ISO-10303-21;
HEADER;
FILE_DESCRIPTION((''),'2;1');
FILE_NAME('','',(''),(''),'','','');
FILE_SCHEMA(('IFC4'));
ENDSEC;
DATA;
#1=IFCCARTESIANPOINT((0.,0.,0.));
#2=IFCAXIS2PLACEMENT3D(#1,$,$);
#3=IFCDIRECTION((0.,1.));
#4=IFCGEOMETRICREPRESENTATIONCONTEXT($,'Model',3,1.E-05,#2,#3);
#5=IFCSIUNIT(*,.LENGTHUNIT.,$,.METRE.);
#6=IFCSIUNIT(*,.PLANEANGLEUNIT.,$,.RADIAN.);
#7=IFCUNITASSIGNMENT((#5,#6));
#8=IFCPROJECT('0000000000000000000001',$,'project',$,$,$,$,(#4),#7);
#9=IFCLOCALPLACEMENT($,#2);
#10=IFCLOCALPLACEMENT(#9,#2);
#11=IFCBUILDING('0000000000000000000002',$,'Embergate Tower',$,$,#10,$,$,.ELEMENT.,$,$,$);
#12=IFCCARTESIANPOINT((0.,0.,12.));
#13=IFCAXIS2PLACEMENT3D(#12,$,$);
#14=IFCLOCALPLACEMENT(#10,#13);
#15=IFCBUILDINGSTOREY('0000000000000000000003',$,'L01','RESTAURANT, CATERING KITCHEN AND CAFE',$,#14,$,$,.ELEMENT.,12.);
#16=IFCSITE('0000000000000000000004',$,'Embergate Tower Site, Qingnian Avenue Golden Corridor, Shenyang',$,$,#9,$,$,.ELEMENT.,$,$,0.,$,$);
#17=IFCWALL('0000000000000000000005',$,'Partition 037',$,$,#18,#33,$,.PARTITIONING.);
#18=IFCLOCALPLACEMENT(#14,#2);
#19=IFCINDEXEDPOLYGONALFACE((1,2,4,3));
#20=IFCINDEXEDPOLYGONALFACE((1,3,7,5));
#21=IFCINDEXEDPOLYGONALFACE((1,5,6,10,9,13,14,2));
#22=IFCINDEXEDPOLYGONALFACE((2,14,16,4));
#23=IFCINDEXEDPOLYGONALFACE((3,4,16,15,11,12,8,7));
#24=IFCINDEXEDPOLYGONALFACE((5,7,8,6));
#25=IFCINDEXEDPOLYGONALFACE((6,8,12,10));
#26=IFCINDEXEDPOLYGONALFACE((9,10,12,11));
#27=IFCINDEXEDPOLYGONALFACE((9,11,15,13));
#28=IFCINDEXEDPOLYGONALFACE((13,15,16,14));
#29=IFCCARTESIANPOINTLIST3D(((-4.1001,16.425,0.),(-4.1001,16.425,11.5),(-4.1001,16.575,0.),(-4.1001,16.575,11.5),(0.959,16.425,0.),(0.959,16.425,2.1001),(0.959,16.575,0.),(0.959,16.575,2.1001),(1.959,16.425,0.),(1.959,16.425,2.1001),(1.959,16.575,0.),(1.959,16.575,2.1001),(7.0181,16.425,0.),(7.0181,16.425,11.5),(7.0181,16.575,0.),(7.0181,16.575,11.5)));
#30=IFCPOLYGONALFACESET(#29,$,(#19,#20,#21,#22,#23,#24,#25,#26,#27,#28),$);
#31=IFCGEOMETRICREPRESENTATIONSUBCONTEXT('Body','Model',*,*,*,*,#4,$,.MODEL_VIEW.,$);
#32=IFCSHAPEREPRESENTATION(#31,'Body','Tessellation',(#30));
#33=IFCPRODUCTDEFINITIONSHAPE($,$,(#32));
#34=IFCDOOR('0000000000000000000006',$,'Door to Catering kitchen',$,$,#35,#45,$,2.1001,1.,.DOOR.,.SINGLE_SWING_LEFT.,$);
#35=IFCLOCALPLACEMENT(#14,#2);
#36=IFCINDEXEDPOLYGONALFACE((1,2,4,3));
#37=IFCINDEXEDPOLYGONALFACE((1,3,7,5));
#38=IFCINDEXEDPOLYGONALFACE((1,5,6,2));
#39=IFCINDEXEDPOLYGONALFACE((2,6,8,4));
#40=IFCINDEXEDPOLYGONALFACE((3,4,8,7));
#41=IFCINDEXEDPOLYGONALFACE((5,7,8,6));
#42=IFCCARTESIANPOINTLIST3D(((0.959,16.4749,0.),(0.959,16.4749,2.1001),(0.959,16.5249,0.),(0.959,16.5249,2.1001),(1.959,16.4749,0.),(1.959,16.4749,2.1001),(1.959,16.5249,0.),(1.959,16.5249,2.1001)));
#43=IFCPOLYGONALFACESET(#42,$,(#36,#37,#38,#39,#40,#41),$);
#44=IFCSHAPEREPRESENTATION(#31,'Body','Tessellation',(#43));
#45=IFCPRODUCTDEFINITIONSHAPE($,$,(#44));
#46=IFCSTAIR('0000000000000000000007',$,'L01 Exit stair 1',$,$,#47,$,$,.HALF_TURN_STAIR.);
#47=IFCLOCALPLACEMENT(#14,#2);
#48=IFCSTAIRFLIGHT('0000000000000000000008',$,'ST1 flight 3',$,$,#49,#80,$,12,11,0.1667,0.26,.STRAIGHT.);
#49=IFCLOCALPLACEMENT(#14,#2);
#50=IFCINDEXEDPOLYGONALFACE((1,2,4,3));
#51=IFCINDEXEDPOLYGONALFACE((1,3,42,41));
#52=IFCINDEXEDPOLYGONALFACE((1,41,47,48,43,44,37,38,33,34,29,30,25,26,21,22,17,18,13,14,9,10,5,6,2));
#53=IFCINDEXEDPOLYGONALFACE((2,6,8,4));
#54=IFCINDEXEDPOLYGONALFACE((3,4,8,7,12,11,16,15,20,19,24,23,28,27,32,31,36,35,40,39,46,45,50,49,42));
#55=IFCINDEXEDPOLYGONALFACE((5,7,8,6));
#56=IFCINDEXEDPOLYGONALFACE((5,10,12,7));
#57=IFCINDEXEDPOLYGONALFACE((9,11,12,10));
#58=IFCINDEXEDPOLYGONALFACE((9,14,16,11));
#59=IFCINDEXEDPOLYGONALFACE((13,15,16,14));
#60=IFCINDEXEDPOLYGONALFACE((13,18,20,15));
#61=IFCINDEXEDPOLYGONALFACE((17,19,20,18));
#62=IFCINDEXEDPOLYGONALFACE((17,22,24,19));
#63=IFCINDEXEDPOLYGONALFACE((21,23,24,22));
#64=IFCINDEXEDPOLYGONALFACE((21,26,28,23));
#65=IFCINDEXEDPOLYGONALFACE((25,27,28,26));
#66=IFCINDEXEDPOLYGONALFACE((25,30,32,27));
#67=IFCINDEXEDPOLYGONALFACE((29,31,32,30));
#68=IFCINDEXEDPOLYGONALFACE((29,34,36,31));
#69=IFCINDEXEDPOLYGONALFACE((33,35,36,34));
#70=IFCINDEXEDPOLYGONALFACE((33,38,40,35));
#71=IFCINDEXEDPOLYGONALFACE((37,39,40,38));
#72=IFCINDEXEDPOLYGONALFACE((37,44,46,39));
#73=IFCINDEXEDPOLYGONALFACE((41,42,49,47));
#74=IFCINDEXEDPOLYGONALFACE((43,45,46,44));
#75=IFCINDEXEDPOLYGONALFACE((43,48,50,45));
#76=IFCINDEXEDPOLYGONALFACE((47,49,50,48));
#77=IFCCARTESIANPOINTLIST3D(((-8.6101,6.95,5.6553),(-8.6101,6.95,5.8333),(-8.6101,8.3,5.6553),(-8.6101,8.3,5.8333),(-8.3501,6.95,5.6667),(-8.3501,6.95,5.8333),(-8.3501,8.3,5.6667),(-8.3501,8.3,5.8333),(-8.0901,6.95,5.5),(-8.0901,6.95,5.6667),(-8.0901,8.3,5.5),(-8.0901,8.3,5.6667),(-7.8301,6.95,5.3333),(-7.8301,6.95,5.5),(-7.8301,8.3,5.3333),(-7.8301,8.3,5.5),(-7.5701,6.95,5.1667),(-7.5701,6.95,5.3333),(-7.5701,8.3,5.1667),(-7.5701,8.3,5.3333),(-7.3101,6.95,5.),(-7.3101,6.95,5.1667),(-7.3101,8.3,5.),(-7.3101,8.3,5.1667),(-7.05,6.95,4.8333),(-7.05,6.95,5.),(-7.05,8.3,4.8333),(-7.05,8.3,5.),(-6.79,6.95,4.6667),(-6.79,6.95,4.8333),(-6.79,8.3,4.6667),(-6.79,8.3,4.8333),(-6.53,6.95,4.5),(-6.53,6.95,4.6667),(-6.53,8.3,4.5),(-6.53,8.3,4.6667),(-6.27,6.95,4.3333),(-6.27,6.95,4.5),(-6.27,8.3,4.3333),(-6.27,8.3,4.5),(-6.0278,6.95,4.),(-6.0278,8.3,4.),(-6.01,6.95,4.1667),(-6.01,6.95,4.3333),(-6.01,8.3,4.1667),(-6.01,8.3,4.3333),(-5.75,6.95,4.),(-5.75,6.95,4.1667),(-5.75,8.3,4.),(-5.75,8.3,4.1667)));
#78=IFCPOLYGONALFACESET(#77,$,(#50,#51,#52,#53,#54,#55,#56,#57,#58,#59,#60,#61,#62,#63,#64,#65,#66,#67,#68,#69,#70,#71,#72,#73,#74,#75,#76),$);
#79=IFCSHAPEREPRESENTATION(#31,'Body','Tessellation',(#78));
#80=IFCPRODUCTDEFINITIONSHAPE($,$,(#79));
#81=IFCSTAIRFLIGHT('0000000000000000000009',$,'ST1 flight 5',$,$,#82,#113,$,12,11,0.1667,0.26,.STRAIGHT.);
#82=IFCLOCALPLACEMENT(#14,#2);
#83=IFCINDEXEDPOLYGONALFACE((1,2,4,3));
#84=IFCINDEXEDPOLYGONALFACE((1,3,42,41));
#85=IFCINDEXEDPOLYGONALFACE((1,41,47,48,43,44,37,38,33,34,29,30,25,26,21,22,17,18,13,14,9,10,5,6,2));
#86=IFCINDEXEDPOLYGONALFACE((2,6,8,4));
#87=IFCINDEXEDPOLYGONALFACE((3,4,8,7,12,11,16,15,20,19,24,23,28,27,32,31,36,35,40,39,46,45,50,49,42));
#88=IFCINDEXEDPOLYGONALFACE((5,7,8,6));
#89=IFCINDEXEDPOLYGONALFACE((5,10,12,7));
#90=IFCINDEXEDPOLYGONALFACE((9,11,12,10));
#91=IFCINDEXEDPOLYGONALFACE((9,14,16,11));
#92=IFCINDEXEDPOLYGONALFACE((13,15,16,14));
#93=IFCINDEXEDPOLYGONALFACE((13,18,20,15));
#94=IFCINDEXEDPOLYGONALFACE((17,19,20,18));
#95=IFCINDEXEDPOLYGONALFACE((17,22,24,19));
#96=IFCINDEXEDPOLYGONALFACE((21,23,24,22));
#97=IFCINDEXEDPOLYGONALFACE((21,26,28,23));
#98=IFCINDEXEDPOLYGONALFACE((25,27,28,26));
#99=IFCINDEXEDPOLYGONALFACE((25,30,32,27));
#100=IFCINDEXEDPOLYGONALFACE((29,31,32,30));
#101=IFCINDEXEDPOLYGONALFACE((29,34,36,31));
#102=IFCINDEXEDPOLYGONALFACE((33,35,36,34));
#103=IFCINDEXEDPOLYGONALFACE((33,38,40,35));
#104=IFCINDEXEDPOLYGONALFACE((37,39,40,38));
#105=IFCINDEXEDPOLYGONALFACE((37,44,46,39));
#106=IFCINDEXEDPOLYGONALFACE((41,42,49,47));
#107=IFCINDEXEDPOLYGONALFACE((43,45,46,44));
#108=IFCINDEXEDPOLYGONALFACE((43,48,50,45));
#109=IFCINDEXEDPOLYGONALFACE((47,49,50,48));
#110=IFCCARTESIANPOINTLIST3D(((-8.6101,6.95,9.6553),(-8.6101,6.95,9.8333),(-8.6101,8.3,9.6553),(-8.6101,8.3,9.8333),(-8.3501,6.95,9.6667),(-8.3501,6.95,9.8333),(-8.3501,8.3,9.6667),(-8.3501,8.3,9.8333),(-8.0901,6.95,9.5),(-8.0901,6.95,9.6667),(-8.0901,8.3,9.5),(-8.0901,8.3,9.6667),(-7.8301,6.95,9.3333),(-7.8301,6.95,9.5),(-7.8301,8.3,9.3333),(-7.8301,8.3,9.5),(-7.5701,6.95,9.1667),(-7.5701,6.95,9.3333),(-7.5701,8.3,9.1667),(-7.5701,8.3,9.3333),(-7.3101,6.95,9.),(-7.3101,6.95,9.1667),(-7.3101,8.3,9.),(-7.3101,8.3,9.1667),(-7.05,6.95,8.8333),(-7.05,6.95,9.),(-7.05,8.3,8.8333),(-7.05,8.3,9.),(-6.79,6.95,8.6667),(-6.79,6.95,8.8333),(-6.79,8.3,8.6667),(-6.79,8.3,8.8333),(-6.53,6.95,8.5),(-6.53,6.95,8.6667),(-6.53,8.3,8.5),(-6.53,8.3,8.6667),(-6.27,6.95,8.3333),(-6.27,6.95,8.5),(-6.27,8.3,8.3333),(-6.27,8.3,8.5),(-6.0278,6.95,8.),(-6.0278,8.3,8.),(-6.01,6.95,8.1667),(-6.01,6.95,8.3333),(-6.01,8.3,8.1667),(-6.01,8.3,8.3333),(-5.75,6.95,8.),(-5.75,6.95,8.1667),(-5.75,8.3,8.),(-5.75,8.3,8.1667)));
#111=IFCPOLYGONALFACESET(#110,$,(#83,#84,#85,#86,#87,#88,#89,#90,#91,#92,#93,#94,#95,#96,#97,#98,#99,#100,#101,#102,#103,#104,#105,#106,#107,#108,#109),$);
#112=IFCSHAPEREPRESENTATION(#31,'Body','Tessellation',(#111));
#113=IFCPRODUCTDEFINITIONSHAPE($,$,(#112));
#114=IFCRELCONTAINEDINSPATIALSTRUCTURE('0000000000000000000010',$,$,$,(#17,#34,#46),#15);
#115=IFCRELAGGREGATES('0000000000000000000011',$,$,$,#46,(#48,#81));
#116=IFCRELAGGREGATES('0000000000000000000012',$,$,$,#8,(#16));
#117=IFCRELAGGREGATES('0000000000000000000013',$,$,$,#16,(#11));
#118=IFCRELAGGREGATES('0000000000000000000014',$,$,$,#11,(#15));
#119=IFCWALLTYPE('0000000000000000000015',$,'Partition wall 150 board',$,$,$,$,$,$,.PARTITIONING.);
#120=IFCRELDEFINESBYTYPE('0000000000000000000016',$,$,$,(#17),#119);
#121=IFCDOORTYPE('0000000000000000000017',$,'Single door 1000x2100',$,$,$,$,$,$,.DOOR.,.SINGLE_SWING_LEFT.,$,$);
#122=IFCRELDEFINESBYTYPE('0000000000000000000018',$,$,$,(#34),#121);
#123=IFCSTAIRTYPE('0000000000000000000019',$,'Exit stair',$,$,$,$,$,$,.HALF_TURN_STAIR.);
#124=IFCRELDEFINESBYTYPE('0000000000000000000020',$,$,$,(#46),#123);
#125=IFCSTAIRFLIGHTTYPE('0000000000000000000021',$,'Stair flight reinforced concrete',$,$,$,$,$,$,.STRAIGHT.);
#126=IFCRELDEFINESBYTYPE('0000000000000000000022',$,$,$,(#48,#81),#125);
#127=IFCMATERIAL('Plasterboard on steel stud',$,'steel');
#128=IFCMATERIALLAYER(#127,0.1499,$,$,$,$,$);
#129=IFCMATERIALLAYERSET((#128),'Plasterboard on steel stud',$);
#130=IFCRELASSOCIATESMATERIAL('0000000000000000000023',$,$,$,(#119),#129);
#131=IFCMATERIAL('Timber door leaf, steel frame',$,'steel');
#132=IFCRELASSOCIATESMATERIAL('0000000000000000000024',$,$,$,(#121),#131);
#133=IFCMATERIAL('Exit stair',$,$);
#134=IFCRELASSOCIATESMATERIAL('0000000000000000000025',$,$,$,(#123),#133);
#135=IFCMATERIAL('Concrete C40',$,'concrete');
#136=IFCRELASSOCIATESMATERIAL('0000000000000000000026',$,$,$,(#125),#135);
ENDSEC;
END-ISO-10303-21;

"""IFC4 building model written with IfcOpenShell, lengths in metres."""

from ifc_helpers import new_model, si_unit, direction, frame, frame_2d, origin, place, context, subcontext, project, spatial, polyline, rectangle, outline, extrude, source, transform, mapped, material, layer, layer_set, type_object, element, fill, aggregate, save


model = new_model("IFC4")

# Units and contexts
model_context = context("Model", 3, precision=1e-05, world=origin(), true_north=direction((0.0, 1.0)))
body_context = subcontext(model_context, "Body", "Model", "MODEL_VIEW")
ifc_project = project(units=[si_unit("LENGTHUNIT", "METRE"), si_unit("PLANEANGLEUNIT", "RADIAN")], contexts=[model_context])

# Site, building, storey
site_placement = place(None, origin())
site = spatial("IfcSite", under=ifc_project, at=site_placement, Name="Embergate Tower Site, Qingnian Avenue Golden Corridor, Shenyang", CompositionType="ELEMENT", RefElevation=0.0)
building_placement = place(site_placement, origin())
building = spatial("IfcBuilding", under=site, at=building_placement, Name="Embergate Tower", CompositionType="ELEMENT")
storey_placement = place(building_placement, frame((0.0, 0.0, 12.0)))
storey = spatial("IfcBuildingStorey", under=building, at=storey_placement, Name="L01", Description="RESTAURANT, CATERING KITCHEN AND CAFE", CompositionType="ELEMENT", Elevation=12.0)

# Shared definitions
ifc_material_1 = material(Name="Plasterboard on steel stud", Category="steel")
ifc_layer_1 = layer(ifc_material_1, 0.1499)
ifc_layer_set_1 = layer_set([ifc_layer_1], Name="Plasterboard on steel stud")
wall_type_1 = type_object("IfcWallType", Name="Partition wall 150 board", PredefinedType="PARTITIONING", material=ifc_layer_set_1)

# Wall, opening, door
shared_shape_1 = source(origin(), body_context, "Body", "SweptSolid", [
    extrude(rectangle(XDim=11.1182, YDim=0.1499, at=frame_2d((5.5591, 0.0))), origin(), (0.0, 0.0, 1.0), 11.5),
])
wall_1_placement = place(storey_placement, frame((-4.1001, 16.5, 0.0), z_axis=(0.0, 0.0, 1.0), x_axis=(1.0, 0.0, 0.0)))
wall_1 = element("IfcWall", 1, at=wall_1_placement, inside=storey, type_object=wall_type_1, Name="Partition 037", PredefinedType="PARTITIONING", context=body_context, shape_type="MappedRepresentation", body=[
    mapped(shared_shape_1, transform((0.0, 0.0, 0.0))),
])
shared_shape_2 = source(origin(), body_context, "Body", "SweptSolid", [
    extrude(rectangle(XDim=1.0, YDim=2.1001, at=frame_2d((0.5, 1.05))), frame((0.0, 0.085, 0.0), z_axis=(0.0, -1.0, 0.0), x_axis=(1.0, 0.0, 0.0)), (0.0, 0.0, 1.0), 0.1699),
])
opening_1_placement = place(wall_1_placement, frame((5.0591, 0.0, 0.0)))
opening_1 = element("IfcOpeningElement", 2, at=opening_1_placement, cuts=wall_1, PredefinedType="OPENING", context=body_context, shape_type="MappedRepresentation", body=[
    mapped(shared_shape_2, transform((0.0, 0.0, 0.0))),
])
ifc_material_2 = material(Name="Timber door leaf, steel frame", Category="steel")
door_type_1 = type_object("IfcDoorType", Name="Single door 1000x2100", OperationType="SINGLE_SWING_LEFT", PredefinedType="DOOR", material=ifc_material_2)
shared_shape_3 = source(origin(), body_context, "Body", "SweptSolid", [
    extrude(rectangle(XDim=1.0, YDim=2.1001, at=frame_2d((0.5, 1.05))), frame((0.0, 0.0249, 0.0), z_axis=(0.0, -1.0, 0.0), x_axis=(1.0, 0.0, 0.0)), (0.0, 0.0, 1.0), 0.05),
])
door_1_placement = place(opening_1_placement, origin())
door_1 = element("IfcDoor", 3, at=door_1_placement, inside=storey, type_object=door_type_1, Name="Door to Catering kitchen", OperationType="SINGLE_SWING_LEFT", OverallHeight=2.1001, OverallWidth=1.0, PredefinedType="DOOR", context=body_context, shape_type="MappedRepresentation", body=[
    mapped(shared_shape_3, transform((0.0, 0.0, 0.0))),
])
fill(opening_1, door_1)

# Stair, stair flights
ifc_material_3 = material(Name="Exit stair")
stair_type = type_object("IfcStairType", Name="Exit stair", PredefinedType="HALF_TURN_STAIR", material=ifc_material_3)
stair_placement = place(storey_placement, origin())
stair = element("IfcStair", 4, at=stair_placement, inside=storey, type_object=stair_type, Name="L01 Exit stair 1", PredefinedType="HALF_TURN_STAIR")
ifc_material_4 = material(Name="Concrete C40", Category="concrete")
stair_flight_type = type_object("IfcStairFlightType", Name="Stair flight reinforced concrete", PredefinedType="STRAIGHT", material=ifc_material_4)
shared_shape_4 = source(origin(), body_context, "Body", "SweptSolid", [
    extrude(outline(polyline([(0.0, 0.0), (0.0, 0.1667), (0.26, 0.1667), (0.26, 0.3333), (0.52, 0.3333), (0.52, 0.5), (0.78, 0.5), (0.78, 0.6667), (1.04, 0.6667), (1.04, 0.8333), (1.3, 0.8333), (1.3, 1.0), (1.5601, 1.0), (1.5601, 1.1667), (1.8201, 1.1667), (1.8201, 1.3333), (2.0801, 1.3333), (2.0801, 1.5), (2.3401, 1.5), (2.3401, 1.6667), (2.6001, 1.6667), (2.6001, 1.8333), (2.8601, 1.8333), (2.8601, 2.0), (2.8601, 1.6553), (0.2778, 0.0), (0.0, 0.0)])), frame((0.0, 0.675, 0.0), z_axis=(0.0, -1.0, 0.0), x_axis=(1.0, 0.0, 0.0)), (0.0, 0.0, 1.0), 1.3501),
])
stair_flight_1_placement = place(storey_placement, frame((-5.75, 7.625, 4.0), z_axis=(0.0, 0.0, 1.0), x_axis=(-1.0, 0.0, 0.0)))
stair_flight_1 = element("IfcStairFlight", 5, at=stair_flight_1_placement, type_object=stair_flight_type, Name="ST1 flight 3", NumberOfRisers=12, NumberOfTreads=11, PredefinedType="STRAIGHT", RiserHeight=0.1667, TreadLength=0.26, context=body_context, shape_type="MappedRepresentation", body=[
    mapped(shared_shape_4, transform((0.0, 0.0, 0.0))),
])
stair_flight_2_placement = place(storey_placement, frame((-5.75, 7.625, 8.0), z_axis=(0.0, 0.0, 1.0), x_axis=(-1.0, 0.0, 0.0)))
stair_flight_2 = element("IfcStairFlight", 6, at=stair_flight_2_placement, type_object=stair_flight_type, Name="ST1 flight 5", NumberOfRisers=12, NumberOfTreads=11, PredefinedType="STRAIGHT", RiserHeight=0.1667, TreadLength=0.26, context=body_context, shape_type="MappedRepresentation", body=[
    mapped(shared_shape_4, transform((0.0, 0.0, 0.0))),
])
aggregate(stair, [stair_flight_1, stair_flight_2])

save(model, "model.ifc")
